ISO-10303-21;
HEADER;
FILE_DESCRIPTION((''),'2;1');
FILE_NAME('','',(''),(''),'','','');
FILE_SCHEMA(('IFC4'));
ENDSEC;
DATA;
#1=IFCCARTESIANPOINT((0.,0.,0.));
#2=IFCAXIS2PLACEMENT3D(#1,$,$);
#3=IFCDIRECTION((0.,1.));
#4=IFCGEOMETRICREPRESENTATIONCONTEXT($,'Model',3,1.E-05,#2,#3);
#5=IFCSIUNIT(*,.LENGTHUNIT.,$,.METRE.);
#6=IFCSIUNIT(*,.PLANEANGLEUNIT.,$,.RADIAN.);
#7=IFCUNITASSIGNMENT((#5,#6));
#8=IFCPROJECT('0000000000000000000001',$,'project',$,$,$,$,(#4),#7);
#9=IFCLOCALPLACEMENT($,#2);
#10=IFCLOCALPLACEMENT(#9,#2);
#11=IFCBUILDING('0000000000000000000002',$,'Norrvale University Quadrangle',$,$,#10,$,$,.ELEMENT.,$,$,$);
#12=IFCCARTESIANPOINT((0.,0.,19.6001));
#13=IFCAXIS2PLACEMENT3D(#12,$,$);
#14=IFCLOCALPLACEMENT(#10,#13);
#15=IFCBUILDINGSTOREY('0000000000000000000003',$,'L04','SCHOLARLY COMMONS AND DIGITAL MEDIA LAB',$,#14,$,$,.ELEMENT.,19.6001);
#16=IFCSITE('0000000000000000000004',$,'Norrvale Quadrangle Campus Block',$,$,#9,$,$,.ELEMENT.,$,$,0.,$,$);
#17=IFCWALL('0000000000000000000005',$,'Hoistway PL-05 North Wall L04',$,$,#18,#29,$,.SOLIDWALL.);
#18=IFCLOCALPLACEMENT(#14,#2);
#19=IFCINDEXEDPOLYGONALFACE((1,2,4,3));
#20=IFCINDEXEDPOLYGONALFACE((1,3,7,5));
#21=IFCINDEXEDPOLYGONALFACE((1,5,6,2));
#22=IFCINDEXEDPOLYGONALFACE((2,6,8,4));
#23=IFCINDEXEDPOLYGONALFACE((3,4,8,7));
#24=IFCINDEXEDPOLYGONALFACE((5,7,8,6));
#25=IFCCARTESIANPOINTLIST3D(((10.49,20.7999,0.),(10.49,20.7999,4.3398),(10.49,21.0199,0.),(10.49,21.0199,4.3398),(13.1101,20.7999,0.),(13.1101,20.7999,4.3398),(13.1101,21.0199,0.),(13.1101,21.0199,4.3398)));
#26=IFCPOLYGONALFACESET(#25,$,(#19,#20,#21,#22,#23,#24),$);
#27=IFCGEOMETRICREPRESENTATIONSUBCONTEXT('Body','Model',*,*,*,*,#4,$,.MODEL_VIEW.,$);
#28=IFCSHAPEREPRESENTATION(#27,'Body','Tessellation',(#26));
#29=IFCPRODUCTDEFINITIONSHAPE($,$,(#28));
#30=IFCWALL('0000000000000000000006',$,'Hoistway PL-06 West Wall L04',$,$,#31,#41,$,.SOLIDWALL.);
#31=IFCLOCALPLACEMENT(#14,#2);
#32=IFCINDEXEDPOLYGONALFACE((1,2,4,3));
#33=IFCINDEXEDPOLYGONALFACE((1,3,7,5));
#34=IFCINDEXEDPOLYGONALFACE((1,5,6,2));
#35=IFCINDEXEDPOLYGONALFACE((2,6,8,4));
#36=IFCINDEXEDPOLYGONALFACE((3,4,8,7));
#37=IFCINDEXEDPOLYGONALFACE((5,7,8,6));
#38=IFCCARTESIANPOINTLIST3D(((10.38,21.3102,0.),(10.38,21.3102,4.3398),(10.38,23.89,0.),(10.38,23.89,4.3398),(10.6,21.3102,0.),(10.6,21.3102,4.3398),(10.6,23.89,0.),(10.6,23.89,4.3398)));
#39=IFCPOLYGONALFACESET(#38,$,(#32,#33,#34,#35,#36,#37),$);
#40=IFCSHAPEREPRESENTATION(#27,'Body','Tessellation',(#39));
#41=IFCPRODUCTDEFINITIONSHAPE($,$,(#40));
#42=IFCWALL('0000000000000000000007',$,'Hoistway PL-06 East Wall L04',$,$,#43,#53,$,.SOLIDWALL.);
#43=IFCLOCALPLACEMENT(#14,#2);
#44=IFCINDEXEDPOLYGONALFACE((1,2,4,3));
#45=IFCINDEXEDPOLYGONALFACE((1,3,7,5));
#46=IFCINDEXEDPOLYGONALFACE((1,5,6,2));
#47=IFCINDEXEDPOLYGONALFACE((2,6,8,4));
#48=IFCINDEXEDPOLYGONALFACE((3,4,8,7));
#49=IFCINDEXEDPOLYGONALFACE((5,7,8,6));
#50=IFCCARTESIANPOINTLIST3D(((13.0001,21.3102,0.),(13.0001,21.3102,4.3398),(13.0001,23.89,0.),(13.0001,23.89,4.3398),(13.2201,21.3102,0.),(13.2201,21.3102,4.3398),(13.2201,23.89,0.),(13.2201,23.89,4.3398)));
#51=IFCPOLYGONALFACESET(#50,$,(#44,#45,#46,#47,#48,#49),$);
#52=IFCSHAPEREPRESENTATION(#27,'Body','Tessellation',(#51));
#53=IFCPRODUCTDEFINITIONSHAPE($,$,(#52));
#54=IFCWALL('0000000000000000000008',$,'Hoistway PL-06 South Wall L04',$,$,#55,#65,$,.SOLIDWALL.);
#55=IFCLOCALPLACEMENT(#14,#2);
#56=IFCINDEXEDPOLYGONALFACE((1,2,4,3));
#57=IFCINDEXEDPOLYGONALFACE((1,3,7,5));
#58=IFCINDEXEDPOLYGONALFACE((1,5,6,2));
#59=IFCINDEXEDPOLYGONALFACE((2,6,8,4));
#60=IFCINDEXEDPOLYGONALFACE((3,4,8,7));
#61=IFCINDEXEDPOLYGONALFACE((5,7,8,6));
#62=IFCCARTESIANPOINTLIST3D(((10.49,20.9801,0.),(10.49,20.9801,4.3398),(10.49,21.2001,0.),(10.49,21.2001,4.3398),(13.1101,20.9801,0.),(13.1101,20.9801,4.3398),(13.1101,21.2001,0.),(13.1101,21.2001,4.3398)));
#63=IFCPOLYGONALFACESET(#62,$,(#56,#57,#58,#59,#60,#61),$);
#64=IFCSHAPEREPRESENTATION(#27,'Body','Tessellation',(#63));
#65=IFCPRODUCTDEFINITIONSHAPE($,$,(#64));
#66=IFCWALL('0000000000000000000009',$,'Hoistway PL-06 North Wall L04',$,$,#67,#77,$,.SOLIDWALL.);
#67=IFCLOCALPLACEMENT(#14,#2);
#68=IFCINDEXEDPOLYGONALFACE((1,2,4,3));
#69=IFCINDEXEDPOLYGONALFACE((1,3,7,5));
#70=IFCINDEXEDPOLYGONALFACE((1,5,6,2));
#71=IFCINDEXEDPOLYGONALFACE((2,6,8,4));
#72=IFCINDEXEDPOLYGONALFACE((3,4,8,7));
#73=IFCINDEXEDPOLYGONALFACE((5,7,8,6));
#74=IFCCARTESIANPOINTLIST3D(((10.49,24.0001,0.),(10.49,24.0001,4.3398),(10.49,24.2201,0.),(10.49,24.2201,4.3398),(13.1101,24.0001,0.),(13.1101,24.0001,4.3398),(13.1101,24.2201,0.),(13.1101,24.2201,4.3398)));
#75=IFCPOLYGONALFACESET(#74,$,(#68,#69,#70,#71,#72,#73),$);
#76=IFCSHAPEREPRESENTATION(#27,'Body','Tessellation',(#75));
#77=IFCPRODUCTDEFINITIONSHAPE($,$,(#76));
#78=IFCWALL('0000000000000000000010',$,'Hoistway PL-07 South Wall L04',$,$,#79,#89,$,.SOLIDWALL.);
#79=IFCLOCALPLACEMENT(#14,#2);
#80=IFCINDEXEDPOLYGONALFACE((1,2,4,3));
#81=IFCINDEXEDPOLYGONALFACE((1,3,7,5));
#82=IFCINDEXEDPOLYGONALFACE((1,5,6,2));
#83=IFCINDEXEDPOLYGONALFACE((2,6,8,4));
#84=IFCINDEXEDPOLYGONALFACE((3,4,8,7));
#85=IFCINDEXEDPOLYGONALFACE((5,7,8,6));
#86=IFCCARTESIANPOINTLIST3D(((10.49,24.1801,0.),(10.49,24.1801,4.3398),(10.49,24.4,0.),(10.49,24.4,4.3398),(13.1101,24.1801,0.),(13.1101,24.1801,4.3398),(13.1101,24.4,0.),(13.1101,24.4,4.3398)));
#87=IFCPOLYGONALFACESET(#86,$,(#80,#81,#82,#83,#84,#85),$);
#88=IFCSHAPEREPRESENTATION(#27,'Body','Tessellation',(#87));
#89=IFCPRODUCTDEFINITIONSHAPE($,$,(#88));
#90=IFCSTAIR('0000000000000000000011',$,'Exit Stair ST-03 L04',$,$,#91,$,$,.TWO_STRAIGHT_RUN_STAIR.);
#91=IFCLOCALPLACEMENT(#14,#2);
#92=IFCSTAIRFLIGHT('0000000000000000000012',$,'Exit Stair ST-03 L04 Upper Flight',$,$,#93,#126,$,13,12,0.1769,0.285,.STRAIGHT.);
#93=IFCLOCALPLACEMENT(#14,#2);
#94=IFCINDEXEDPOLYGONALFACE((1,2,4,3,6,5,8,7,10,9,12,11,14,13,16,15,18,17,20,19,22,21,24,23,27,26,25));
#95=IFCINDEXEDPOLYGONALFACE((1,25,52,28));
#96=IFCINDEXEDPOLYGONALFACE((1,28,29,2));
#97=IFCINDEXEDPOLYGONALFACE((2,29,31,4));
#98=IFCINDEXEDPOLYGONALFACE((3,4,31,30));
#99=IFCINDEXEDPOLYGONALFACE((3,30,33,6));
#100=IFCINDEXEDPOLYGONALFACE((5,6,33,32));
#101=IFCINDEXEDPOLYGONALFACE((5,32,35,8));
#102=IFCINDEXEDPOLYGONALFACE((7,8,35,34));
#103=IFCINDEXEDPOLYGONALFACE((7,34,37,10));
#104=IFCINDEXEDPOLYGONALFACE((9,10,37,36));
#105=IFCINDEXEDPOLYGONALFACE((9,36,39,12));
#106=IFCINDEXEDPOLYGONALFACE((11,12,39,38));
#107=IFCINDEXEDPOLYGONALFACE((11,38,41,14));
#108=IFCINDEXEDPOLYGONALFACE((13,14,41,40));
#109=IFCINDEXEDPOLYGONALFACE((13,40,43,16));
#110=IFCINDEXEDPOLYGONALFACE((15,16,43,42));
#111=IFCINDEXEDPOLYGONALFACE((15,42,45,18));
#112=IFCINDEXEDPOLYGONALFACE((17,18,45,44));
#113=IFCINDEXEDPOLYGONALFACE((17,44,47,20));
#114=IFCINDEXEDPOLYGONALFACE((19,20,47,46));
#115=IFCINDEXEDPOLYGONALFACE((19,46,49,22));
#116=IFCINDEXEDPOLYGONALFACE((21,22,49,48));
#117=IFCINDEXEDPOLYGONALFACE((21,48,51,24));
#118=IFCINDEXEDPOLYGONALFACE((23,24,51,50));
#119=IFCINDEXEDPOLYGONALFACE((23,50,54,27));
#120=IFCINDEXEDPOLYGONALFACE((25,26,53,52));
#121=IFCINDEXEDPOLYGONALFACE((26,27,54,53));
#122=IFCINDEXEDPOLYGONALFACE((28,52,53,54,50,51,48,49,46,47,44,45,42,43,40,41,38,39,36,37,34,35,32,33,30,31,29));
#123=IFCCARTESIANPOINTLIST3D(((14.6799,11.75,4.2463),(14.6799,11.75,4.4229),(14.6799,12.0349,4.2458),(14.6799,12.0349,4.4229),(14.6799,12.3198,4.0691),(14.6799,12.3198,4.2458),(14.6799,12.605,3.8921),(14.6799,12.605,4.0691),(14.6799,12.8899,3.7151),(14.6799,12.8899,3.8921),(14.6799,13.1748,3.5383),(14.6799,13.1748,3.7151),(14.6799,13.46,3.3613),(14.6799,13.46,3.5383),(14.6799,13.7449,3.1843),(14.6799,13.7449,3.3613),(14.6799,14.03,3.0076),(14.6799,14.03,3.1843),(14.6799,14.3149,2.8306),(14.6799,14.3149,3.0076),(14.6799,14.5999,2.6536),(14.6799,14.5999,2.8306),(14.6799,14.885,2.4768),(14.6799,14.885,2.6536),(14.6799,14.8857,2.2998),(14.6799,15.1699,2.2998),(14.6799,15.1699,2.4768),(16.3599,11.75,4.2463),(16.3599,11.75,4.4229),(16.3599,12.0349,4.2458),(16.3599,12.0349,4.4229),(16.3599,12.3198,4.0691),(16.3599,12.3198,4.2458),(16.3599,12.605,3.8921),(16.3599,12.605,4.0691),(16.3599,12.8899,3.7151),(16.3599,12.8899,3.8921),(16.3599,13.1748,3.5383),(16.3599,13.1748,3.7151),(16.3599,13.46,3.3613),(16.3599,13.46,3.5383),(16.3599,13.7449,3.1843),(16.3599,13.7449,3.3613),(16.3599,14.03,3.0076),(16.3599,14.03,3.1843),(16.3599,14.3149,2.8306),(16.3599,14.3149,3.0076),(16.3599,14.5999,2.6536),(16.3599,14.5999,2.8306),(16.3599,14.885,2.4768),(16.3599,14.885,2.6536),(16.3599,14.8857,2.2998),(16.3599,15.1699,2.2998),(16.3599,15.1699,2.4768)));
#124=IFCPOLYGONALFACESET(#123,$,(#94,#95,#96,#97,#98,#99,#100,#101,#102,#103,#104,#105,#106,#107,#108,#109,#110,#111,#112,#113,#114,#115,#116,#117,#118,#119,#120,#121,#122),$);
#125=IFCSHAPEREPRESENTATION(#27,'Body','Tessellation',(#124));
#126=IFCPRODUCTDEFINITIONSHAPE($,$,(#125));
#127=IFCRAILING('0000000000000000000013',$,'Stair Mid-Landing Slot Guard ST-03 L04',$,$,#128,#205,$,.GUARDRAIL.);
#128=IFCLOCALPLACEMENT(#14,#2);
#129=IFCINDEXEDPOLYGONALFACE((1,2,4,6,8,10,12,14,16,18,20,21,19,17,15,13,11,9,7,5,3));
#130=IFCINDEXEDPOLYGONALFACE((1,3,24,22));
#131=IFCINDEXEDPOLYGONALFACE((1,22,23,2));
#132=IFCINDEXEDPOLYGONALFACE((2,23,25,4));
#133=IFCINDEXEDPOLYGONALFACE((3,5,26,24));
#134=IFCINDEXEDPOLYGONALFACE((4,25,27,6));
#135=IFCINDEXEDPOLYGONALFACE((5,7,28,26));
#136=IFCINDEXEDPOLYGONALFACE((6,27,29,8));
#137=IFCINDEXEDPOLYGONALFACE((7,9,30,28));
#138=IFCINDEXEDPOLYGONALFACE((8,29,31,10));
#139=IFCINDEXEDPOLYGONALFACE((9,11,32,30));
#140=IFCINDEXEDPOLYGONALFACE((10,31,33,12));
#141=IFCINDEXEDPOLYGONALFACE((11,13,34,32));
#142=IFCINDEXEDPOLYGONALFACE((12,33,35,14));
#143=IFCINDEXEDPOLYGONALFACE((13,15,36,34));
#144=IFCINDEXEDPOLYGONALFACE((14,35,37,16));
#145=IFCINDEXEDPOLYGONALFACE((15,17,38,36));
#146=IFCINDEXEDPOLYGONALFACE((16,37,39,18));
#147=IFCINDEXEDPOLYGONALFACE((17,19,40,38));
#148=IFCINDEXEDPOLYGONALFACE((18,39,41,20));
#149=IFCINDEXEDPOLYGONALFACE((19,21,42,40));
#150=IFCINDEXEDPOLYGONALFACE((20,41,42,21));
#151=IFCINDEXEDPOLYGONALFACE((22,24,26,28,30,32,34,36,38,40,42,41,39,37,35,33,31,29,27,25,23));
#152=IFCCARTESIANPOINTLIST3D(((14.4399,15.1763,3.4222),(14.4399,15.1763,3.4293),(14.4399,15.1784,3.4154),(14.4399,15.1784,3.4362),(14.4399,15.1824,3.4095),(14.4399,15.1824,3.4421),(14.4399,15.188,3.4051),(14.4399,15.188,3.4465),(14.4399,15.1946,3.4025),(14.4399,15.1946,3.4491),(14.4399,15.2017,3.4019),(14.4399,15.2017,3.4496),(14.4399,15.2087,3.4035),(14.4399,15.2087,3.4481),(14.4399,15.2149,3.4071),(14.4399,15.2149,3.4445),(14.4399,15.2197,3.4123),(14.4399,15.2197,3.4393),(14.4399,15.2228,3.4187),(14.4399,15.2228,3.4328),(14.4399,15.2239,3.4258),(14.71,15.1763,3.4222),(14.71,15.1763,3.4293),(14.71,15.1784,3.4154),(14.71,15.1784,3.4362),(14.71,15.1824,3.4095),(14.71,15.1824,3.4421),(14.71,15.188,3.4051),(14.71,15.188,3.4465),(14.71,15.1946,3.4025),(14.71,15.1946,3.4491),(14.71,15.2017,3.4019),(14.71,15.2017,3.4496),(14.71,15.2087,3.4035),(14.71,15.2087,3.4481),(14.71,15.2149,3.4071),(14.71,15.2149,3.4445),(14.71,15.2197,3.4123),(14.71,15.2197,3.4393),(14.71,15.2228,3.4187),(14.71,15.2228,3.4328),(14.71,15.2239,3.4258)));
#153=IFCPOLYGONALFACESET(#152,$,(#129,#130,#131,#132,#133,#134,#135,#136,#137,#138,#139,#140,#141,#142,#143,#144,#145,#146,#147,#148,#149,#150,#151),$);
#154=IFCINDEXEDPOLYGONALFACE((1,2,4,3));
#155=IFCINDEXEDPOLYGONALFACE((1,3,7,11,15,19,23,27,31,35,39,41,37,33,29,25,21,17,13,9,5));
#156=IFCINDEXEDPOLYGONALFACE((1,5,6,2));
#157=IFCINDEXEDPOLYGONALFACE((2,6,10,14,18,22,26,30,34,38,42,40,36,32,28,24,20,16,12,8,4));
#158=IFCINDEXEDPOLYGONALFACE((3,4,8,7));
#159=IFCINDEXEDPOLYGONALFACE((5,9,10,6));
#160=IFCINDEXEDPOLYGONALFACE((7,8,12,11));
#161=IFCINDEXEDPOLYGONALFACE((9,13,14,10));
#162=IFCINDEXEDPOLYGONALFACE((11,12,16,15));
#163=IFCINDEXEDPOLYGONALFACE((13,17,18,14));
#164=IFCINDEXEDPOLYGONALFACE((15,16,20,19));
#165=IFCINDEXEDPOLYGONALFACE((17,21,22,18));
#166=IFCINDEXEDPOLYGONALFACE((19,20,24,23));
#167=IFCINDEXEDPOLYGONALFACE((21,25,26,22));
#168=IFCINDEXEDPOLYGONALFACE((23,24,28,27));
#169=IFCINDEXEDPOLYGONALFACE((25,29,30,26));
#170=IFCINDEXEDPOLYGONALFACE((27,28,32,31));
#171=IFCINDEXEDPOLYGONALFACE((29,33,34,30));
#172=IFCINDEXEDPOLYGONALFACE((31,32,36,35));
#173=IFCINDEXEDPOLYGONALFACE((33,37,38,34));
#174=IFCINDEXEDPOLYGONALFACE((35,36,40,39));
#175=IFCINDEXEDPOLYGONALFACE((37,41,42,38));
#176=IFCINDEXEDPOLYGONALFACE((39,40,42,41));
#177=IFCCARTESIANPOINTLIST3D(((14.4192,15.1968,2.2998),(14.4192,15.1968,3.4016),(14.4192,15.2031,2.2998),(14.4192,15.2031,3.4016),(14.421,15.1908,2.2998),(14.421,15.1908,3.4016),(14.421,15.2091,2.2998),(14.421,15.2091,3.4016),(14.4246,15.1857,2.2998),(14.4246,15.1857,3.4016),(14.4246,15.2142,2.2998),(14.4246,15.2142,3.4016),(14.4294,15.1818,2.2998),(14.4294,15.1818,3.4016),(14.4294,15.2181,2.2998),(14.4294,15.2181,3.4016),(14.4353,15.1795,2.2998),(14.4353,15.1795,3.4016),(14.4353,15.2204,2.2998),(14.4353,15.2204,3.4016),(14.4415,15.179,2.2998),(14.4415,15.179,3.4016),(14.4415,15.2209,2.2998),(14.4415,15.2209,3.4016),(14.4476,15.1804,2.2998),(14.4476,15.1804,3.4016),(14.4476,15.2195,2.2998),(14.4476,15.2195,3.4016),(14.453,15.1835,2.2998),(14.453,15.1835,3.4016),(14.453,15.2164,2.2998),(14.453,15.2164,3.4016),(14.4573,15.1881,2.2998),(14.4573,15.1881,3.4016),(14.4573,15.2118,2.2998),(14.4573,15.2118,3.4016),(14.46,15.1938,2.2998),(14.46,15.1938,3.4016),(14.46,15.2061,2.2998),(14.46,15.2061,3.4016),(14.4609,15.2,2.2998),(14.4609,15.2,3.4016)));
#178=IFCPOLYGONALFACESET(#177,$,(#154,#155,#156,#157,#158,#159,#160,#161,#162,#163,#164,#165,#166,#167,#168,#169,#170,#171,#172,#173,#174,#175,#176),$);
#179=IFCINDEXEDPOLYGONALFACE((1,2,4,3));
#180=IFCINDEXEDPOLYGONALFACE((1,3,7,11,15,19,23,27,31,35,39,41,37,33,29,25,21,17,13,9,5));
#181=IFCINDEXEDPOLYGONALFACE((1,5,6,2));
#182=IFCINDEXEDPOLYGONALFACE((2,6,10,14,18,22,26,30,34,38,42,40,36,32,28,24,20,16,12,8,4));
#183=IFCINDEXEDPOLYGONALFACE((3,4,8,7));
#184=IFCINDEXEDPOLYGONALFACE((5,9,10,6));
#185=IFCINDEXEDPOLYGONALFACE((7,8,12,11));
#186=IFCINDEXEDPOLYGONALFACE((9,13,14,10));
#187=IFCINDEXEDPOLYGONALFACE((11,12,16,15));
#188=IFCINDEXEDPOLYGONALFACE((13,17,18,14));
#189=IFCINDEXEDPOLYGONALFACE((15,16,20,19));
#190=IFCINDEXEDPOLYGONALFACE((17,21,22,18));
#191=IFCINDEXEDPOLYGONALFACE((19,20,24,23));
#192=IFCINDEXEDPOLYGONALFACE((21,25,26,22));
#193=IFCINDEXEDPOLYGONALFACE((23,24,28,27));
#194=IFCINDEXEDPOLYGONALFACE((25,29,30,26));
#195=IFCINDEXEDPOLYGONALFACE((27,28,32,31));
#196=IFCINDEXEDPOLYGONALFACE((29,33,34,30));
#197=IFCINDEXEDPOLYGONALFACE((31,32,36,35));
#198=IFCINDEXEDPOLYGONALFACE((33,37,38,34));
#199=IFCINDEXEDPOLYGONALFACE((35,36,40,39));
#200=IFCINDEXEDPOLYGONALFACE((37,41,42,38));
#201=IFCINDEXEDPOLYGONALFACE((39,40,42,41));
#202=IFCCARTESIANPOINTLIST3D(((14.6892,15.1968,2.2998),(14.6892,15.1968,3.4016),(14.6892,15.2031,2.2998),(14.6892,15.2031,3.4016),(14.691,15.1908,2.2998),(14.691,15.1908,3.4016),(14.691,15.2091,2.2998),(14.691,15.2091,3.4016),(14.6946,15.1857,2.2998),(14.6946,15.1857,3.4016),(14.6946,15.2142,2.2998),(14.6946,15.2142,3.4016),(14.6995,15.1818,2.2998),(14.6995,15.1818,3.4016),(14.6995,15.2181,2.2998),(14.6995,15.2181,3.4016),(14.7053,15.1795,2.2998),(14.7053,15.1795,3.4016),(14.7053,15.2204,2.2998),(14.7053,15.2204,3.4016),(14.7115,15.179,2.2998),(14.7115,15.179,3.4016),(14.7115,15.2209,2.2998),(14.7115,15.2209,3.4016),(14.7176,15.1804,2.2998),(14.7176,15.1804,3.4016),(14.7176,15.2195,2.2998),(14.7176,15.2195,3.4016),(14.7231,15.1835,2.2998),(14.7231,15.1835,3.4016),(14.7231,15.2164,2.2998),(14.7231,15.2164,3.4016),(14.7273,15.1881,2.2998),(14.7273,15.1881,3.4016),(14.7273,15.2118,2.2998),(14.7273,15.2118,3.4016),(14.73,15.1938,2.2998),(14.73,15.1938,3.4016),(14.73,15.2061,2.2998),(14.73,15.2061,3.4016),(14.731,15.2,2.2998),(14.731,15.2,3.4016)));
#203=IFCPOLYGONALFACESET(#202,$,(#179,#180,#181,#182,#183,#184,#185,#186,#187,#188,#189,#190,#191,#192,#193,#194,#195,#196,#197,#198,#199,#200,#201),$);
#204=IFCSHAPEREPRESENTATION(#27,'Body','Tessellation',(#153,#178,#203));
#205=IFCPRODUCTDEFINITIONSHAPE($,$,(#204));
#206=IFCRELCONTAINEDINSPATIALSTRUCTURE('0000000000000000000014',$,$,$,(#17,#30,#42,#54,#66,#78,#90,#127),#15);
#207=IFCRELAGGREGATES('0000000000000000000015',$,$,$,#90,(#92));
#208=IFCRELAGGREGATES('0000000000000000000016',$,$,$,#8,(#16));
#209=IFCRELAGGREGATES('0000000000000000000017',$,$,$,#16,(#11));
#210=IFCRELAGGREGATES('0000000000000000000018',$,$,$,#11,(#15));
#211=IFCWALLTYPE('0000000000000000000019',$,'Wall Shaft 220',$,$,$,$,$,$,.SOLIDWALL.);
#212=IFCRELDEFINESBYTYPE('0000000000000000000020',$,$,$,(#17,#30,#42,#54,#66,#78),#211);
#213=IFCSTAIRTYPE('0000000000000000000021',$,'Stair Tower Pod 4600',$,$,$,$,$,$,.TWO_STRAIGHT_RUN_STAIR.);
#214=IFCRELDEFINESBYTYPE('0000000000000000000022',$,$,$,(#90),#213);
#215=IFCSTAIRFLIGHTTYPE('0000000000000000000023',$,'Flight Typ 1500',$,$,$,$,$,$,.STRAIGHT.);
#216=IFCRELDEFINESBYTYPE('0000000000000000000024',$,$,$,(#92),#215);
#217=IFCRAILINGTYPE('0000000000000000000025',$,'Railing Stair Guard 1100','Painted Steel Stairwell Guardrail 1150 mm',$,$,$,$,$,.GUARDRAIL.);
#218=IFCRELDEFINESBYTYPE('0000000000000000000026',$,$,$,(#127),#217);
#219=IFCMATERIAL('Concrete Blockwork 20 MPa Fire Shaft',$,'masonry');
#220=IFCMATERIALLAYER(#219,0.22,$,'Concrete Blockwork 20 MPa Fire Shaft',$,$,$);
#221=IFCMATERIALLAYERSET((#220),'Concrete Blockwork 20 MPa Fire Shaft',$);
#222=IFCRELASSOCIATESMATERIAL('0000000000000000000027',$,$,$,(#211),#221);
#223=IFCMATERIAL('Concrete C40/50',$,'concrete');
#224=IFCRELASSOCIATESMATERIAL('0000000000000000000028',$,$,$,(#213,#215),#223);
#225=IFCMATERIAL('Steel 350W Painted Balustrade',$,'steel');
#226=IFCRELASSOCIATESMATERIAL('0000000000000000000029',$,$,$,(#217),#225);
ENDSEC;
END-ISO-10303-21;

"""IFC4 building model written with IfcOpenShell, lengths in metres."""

from ifc_helpers import new_model, si_unit, direction, frame, frame_2d, origin, origin_2d, place, context, subcontext, project, spatial, polyline, rectangle, circle, outline, extrude, material, layer, layer_set, type_object, element, aggregate, save


model = new_model("IFC4")

# Units and contexts
model_context = context("Model", 3, precision=1e-05, world=origin(), true_north=direction((0.0, 1.0)))
body_context = subcontext(model_context, "Body", "Model", "MODEL_VIEW")
ifc_project = project(units=[si_unit("LENGTHUNIT", "METRE"), si_unit("PLANEANGLEUNIT", "RADIAN")], contexts=[model_context])

# Site, building, storey
site_placement = place(None, origin())
site = spatial("IfcSite", under=ifc_project, at=site_placement, Name="Norrvale Quadrangle Campus Block", CompositionType="ELEMENT", RefElevation=0.0)
building_placement = place(site_placement, origin())
building = spatial("IfcBuilding", under=site, at=building_placement, Name="Norrvale University Quadrangle", CompositionType="ELEMENT")
storey_placement = place(building_placement, frame((0.0, 0.0, 19.6001)))
storey = spatial("IfcBuildingStorey", under=building, at=storey_placement, Name="L04", Description="SCHOLARLY COMMONS AND DIGITAL MEDIA LAB", CompositionType="ELEMENT", Elevation=19.6001)

# Walls
ifc_material_1 = material(Name="Concrete Blockwork 20 MPa Fire Shaft", Category="masonry")
ifc_layer_1 = layer(ifc_material_1, 0.22, Name="Concrete Blockwork 20 MPa Fire Shaft")
ifc_layer_set_1 = layer_set([ifc_layer_1], Name="Concrete Blockwork 20 MPa Fire Shaft")
wall_type_1 = type_object("IfcWallType", Name="Wall Shaft 220", PredefinedType="SOLIDWALL", material=ifc_layer_set_1)
for number, where, z_axis, x_axis, name in (
    (1, (10.49, 20.9099, 0.0), (0.0, 0.0, 1.0), (1.0, 0.0, 0.0), "Hoistway PL-05 North Wall L04"),
):
    element("IfcWall", number, at=place(storey_placement, frame(where, z_axis=z_axis, x_axis=x_axis)), inside=storey, type_object=wall_type_1, Name=name, PredefinedType="SOLIDWALL", context=body_context, shape_type="SweptSolid", body=[
        extrude(rectangle(XDim=2.6201, YDim=0.22, at=frame_2d((1.3101, 0.0))), origin(), (0.0, 0.0, 1.0), 4.3398),
    ])
for number, where, z_axis, x_axis, name in (
    (2, (10.49, 21.3101, 0.0), (0.0, 0.0, 1.0), (0.0, 1.0, 0.0), "Hoistway PL-06 West Wall L04"),
    (3, (13.1101, 21.3101, 0.0), (0.0, 0.0, 1.0), (0.0, 1.0, 0.0), "Hoistway PL-06 East Wall L04"),
):
    element("IfcWall", number, at=place(storey_placement, frame(where, z_axis=z_axis, x_axis=x_axis)), inside=storey, type_object=wall_type_1, Name=name, PredefinedType="SOLIDWALL", context=body_context, shape_type="SweptSolid", body=[
        extrude(rectangle(XDim=2.5798, YDim=0.22, at=frame_2d((1.29, 0.0))), origin(), (0.0, 0.0, 1.0), 4.3398),
    ])
for number, where, z_axis, x_axis, name in (
    (4, (10.49, 21.0901, 0.0), (0.0, 0.0, 1.0), (1.0, 0.0, 0.0), "Hoistway PL-06 South Wall L04"),
    (5, (10.49, 24.1101, 0.0), (0.0, 0.0, 1.0), (1.0, 0.0, 0.0), "Hoistway PL-06 North Wall L04"),
    (6, (10.49, 24.29, 0.0), (0.0, 0.0, 1.0), (1.0, 0.0, 0.0), "Hoistway PL-07 South Wall L04"),
):
    element("IfcWall", number, at=place(storey_placement, frame(where, z_axis=z_axis, x_axis=x_axis)), inside=storey, type_object=wall_type_1, Name=name, PredefinedType="SOLIDWALL", context=body_context, shape_type="SweptSolid", body=[
        extrude(rectangle(XDim=2.6201, YDim=0.22, at=frame_2d((1.3101, 0.0))), origin(), (0.0, 0.0, 1.0), 4.3398),
    ])

# Stair, stair flight
ifc_material_2 = material(Name="Concrete C40/50", Category="concrete")
stair_type = type_object("IfcStairType", Name="Stair Tower Pod 4600", PredefinedType="TWO_STRAIGHT_RUN_STAIR", material=ifc_material_2)
stair_placement = place(storey_placement, origin())
stair = element("IfcStair", 7, at=stair_placement, inside=storey, type_object=stair_type, Name="Exit Stair ST-03 L04", PredefinedType="TWO_STRAIGHT_RUN_STAIR")
stair_flight_type = type_object("IfcStairFlightType", Name="Flight Typ 1500", PredefinedType="STRAIGHT", material=ifc_material_2)
stair_flight_placement = place(storey_placement, frame((15.52, 15.1699, 2.2998), z_axis=(0.0, 0.0, 1.0), x_axis=(0.0, -1.0, 0.0)))
stair_flight = element("IfcStairFlight", 8, at=stair_flight_placement, type_object=stair_flight_type, Name="Exit Stair ST-03 L04 Upper Flight", NumberOfRisers=13, NumberOfTreads=12, PredefinedType="STRAIGHT", RiserHeight=0.1769, TreadLength=0.285, context=body_context, shape_type="SweptSolid", body=[
    extrude(outline(polyline([(0.0, 0.0), (0.0, 0.177), (0.2849, 0.177), (0.2849, 0.3538), (0.5701, 0.3538), (0.5701, 0.5308), (0.855, 0.5308), (0.855, 0.7078), (1.1399, 0.7078), (1.1399, 0.8845), (1.425, 0.8845), (1.425, 1.0615), (1.71, 1.0615), (1.71, 1.2385), (1.9951, 1.2385), (1.9951, 1.4153), (2.28, 1.4153), (2.28, 1.5923), (2.5649, 1.5923), (2.5649, 1.7693), (2.8501, 1.7693), (2.8501, 1.946), (3.135, 1.946), (3.135, 2.123), (3.4199, 2.123), (3.4199, 2.3), (3.4199, 1.9465), (0.2842, 0.0), (0.0, 0.0)])), frame((0.0, 0.8398, 0.0), z_axis=(0.0, -1.0, 0.0), x_axis=(1.0, 0.0, 0.0)), (0.0, 0.0, 1.0), 1.6799),
])
aggregate(stair, [stair_flight])

# Railing
ifc_material_3 = material(Name="Steel 350W Painted Balustrade", Category="steel")
railing_type_1 = type_object("IfcRailingType", Name="Railing Stair Guard 1100", Description="Painted Steel Stairwell Guardrail 1150 mm", PredefinedType="GUARDRAIL", material=ifc_material_3)
railing_1_placement = place(storey_placement, frame((14.4399, 15.2, 2.2998)))
element("IfcRailing", 9, at=railing_1_placement, inside=storey, type_object=railing_type_1, Name="Stair Mid-Landing Slot Guard ST-03 L04", PredefinedType="GUARDRAIL", context=body_context, shape_type="SweptSolid", body=[
    extrude(circle(Radius=0.0239, at=origin_2d()), frame((0.0, 0.0, 1.126), z_axis=(1.0, 0.0, 0.0), x_axis=(0.0, 1.0, 0.0)), (0.0, 0.0, 1.0), 0.27),
    extrude(circle(Radius=0.021, at=origin_2d()), origin(), (0.0, 0.0, 1.0), 1.1018),
    extrude(circle(Radius=0.021, at=origin_2d()), frame((0.27, 0.0, 0.0)), (0.0, 0.0, 1.0), 1.1018),
])

save(model, "model.ifc")
